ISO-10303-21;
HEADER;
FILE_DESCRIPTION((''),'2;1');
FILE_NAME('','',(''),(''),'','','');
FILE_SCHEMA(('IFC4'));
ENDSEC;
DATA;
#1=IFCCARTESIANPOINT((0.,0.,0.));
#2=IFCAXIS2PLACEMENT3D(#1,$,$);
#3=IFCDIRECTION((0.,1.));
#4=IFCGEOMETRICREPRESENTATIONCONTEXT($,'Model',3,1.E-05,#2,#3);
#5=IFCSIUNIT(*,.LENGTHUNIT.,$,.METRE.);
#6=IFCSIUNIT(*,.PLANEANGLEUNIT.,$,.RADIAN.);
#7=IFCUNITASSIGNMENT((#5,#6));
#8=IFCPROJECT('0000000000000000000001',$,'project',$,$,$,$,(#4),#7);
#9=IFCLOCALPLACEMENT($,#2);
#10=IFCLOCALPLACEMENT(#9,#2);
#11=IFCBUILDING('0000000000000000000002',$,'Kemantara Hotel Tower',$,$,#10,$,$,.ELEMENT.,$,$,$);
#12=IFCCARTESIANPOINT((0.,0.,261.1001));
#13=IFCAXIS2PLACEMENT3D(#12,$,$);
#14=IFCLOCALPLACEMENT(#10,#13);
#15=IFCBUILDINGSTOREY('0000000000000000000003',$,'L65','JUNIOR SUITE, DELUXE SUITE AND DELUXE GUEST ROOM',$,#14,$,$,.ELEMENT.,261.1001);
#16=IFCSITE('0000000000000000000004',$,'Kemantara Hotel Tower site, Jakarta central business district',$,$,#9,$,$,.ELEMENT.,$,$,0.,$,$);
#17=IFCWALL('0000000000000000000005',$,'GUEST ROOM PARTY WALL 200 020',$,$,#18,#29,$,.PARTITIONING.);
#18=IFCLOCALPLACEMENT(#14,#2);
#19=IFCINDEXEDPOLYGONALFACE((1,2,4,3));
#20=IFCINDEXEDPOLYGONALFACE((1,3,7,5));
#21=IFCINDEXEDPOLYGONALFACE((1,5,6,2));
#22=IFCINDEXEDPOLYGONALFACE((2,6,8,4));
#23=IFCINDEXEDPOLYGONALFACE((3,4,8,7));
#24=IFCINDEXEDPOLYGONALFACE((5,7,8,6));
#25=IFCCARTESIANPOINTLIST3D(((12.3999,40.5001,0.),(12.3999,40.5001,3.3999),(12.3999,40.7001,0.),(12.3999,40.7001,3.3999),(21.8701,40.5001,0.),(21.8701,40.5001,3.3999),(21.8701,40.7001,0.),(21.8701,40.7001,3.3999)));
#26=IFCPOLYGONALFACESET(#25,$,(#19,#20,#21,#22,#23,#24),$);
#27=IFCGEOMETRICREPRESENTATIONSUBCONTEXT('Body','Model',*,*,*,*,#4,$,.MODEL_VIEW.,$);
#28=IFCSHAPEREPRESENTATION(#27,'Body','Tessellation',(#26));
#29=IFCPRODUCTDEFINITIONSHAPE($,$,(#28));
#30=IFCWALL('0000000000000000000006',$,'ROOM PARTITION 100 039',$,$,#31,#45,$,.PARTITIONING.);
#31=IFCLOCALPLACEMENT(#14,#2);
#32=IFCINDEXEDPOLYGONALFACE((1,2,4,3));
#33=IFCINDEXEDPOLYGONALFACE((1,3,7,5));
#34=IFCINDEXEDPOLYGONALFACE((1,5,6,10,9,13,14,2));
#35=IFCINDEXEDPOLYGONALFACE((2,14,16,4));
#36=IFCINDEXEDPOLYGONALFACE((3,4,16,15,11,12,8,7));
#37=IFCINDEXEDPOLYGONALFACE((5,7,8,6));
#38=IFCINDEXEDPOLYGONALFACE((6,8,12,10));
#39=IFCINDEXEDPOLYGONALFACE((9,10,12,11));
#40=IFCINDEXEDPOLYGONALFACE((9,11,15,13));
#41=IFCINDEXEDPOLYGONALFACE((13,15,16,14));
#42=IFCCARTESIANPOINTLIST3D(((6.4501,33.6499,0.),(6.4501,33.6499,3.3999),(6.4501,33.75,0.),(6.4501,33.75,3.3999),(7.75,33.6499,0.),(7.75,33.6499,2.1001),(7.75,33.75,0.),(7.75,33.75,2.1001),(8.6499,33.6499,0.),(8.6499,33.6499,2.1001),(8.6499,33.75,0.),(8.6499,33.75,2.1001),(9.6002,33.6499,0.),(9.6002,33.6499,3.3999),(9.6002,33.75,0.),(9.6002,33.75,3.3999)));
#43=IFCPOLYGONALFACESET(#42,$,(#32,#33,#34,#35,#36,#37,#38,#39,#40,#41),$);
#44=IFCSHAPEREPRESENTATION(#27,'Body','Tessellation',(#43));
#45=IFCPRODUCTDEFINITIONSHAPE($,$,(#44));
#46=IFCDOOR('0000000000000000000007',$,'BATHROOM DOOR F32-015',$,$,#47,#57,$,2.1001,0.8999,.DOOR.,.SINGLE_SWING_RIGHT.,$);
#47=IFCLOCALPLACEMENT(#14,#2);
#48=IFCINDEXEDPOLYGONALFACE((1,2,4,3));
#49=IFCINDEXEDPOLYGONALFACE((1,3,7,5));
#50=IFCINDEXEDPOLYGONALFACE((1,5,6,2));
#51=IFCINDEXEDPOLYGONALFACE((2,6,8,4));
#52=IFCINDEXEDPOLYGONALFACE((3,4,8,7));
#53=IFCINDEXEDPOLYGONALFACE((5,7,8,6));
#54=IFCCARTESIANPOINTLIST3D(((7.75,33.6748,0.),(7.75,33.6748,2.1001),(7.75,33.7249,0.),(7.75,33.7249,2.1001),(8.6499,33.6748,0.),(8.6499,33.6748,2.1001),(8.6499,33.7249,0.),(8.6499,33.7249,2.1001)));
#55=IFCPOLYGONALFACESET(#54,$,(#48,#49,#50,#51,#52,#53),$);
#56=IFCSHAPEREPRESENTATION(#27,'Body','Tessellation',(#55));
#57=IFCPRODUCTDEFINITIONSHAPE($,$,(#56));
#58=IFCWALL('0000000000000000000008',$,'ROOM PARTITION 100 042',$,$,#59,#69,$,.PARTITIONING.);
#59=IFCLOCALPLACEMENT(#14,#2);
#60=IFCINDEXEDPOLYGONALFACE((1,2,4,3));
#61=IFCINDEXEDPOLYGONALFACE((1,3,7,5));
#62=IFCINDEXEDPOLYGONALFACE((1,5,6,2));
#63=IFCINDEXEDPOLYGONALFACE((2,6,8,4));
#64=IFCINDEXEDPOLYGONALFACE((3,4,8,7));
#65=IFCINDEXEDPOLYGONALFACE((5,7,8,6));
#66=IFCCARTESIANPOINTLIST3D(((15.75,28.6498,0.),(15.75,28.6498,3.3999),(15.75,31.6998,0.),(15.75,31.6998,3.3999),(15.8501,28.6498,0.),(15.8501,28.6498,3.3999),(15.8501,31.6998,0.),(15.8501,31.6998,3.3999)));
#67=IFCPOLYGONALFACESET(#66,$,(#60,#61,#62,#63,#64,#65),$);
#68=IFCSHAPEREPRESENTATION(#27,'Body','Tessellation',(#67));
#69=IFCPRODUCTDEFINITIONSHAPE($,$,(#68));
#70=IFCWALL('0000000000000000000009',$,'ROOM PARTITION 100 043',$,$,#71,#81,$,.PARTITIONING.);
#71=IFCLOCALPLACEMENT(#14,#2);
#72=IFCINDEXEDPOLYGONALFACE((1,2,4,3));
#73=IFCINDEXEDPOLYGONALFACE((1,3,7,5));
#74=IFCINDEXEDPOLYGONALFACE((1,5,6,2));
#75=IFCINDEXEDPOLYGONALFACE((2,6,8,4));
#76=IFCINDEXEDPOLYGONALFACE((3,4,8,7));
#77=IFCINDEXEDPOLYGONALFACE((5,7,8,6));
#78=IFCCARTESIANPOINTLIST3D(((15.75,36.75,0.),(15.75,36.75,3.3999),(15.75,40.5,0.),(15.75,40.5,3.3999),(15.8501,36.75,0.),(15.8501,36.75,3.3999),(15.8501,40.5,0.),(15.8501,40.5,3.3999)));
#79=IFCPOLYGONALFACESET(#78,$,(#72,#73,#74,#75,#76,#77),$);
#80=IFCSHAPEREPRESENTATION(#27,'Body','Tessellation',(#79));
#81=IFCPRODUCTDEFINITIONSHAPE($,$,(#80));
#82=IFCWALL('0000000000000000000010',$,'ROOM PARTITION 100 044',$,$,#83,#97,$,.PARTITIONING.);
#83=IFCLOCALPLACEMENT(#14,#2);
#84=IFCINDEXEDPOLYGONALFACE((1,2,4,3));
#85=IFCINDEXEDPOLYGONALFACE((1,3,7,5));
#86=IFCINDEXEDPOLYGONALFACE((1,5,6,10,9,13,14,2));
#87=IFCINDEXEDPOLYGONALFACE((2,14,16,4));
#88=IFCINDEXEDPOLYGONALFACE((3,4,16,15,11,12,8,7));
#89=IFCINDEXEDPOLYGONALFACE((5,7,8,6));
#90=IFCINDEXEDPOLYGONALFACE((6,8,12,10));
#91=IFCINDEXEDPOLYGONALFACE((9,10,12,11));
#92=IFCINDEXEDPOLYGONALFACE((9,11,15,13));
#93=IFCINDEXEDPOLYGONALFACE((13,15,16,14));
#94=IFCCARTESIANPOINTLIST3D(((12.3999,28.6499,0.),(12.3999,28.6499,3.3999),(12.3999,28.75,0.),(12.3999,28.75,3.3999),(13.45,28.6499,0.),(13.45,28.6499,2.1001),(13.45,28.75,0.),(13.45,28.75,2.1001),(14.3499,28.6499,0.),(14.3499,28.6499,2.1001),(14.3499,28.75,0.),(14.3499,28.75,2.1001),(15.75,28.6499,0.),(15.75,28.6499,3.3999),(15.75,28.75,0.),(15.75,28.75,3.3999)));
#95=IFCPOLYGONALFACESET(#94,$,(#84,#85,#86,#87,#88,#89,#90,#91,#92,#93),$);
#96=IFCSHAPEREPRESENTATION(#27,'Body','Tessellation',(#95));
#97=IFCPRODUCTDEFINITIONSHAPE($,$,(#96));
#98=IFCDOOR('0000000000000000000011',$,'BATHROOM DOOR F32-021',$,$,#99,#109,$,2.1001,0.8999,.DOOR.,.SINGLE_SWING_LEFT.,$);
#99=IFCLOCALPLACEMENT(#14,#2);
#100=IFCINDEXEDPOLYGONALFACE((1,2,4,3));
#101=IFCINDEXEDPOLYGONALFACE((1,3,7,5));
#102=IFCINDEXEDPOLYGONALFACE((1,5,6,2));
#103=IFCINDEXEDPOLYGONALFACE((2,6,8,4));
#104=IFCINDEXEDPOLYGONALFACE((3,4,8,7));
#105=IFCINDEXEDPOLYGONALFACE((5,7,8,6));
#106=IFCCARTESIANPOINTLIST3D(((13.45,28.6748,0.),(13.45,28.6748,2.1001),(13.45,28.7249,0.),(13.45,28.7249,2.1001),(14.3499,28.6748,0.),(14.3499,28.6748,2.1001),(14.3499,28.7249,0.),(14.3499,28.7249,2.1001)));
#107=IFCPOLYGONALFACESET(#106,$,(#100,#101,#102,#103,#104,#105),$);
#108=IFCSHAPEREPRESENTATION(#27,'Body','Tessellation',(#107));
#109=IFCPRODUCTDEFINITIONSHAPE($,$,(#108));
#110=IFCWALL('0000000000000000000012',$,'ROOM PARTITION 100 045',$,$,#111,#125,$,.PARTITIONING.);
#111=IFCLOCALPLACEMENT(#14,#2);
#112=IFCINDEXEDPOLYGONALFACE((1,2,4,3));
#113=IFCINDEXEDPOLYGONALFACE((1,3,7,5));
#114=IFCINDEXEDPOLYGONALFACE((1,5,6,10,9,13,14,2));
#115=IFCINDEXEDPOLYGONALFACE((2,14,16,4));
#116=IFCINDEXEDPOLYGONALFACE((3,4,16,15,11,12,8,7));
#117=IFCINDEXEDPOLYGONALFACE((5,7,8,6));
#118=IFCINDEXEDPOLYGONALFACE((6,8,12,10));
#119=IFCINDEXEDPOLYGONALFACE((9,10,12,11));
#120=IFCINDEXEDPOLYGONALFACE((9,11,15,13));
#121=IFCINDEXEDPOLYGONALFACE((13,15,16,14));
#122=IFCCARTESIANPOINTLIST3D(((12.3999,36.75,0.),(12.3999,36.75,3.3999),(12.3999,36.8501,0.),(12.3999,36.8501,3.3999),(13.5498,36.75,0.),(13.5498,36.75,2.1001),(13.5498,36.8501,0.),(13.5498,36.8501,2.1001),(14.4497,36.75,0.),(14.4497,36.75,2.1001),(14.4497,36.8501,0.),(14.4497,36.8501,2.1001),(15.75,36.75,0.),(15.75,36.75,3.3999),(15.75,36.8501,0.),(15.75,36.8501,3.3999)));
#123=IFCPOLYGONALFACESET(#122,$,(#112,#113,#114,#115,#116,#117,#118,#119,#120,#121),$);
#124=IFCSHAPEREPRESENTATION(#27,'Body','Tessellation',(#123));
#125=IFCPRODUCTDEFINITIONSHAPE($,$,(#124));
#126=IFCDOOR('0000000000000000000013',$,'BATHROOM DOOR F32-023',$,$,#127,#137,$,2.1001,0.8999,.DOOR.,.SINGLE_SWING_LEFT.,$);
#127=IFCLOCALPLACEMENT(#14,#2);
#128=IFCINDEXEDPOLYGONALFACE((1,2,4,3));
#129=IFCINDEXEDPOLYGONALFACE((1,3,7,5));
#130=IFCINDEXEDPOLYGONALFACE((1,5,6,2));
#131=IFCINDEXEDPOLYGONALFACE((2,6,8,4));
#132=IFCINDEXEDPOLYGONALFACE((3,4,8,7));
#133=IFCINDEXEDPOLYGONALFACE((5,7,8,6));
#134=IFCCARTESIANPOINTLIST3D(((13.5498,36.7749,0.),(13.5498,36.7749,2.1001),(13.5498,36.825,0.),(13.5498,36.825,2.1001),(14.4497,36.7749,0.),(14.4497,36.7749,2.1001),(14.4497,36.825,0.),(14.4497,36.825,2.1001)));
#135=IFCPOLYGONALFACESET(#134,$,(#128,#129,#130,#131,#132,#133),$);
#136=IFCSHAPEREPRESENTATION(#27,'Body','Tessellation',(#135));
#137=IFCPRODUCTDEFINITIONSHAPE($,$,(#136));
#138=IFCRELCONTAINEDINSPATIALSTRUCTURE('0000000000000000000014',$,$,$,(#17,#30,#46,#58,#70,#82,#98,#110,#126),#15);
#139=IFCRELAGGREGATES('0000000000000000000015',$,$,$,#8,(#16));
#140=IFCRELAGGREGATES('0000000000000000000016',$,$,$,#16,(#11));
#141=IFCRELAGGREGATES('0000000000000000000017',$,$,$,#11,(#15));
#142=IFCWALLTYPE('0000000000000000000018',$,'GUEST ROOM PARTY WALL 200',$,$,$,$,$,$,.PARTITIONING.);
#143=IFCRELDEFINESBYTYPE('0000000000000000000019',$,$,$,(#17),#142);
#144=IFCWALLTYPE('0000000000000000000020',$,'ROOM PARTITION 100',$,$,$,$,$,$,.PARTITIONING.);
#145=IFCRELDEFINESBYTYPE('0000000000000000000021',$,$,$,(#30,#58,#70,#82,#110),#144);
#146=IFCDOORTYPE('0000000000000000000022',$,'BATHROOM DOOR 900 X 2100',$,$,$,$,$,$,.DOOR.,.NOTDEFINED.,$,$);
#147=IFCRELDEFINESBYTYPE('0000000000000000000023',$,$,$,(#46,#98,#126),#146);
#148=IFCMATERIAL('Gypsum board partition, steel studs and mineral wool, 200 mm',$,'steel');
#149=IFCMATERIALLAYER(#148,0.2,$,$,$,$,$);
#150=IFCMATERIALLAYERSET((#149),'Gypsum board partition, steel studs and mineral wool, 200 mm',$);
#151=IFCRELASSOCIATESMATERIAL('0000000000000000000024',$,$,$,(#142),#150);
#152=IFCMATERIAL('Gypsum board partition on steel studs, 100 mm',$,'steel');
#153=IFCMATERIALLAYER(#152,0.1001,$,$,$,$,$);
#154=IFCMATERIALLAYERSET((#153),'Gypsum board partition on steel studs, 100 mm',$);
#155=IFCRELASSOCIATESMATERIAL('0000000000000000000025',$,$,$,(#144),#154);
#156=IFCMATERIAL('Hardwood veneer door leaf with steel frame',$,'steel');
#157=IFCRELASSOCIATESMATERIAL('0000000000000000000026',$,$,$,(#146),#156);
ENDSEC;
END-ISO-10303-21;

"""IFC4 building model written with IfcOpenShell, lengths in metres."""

from ifc_helpers import new_model, si_unit, direction, frame, frame_2d, origin, place, context, subcontext, project, spatial, rectangle, extrude, material, layer, layer_set, type_object, element, fill, save


model = new_model("IFC4")

# Units and contexts
model_context = context("Model", 3, precision=1e-05, world=origin(), true_north=direction((0.0, 1.0)))
body_context = subcontext(model_context, "Body", "Model", "MODEL_VIEW")
ifc_project = project(units=[si_unit("LENGTHUNIT", "METRE"), si_unit("PLANEANGLEUNIT", "RADIAN")], contexts=[model_context])

# Site, building, storey
site_placement = place(None, origin())
site = spatial("IfcSite", under=ifc_project, at=site_placement, Name="Kemantara Hotel Tower site, Jakarta central business district", CompositionType="ELEMENT", RefElevation=0.0)
building_placement = place(site_placement, origin())
building = spatial("IfcBuilding", under=site, at=building_placement, Name="Kemantara Hotel Tower", CompositionType="ELEMENT")
storey_placement = place(building_placement, frame((0.0, 0.0, 261.1001)))
storey = spatial("IfcBuildingStorey", under=building, at=storey_placement, Name="L65", Description="JUNIOR SUITE, DELUXE SUITE AND DELUXE GUEST ROOM", CompositionType="ELEMENT", Elevation=261.1001)

# Shared definitions
ifc_material_1 = material(Name="Gypsum board partition, steel studs and mineral wool, 200 mm", Category="steel")
ifc_material_2 = material(Name="Hardwood veneer door leaf with steel frame", Category="steel")

# Wall
ifc_layer_1 = layer(ifc_material_1, 0.2)
ifc_layer_set_1 = layer_set([ifc_layer_1], Name="Gypsum board partition, steel studs and mineral wool, 200 mm")
wall_type_1 = type_object("IfcWallType", Name="GUEST ROOM PARTY WALL 200", PredefinedType="PARTITIONING", material=ifc_layer_set_1)
for number, where, z_axis, x_axis, name in (
    (1, (12.3999, 40.6001, 0.0), (0.0, 0.0, 1.0), (1.0, 0.0, 0.0), "GUEST ROOM PARTY WALL 200 020"),
):
    element("IfcWall", number, at=place(storey_placement, frame(where, z_axis=z_axis, x_axis=x_axis)), inside=storey, type_object=wall_type_1, Name=name, PredefinedType="PARTITIONING", context=body_context, shape_type="SweptSolid", body=[
        extrude(rectangle(XDim=9.4702, YDim=0.2, at=frame_2d((4.7351, 0.0))), origin(), (0.0, 0.0, 1.0), 3.3999),
    ])

# Wall, opening, door
ifc_material_3 = material(Name="Gypsum board partition on steel studs, 100 mm", Category="steel")
ifc_layer_2 = layer(ifc_material_3, 0.1001)
ifc_layer_set_2 = layer_set([ifc_layer_2], Name="Gypsum board partition on steel studs, 100 mm")
wall_type_2 = type_object("IfcWallType", Name="ROOM PARTITION 100", PredefinedType="PARTITIONING", material=ifc_layer_set_2)
wall_1_placement = place(storey_placement, frame((6.45, 33.7, 0.0), z_axis=(0.0, 0.0, 1.0), x_axis=(1.0, 0.0, 0.0)))
wall_1 = element("IfcWall", 2, at=wall_1_placement, inside=storey, type_object=wall_type_2, Name="ROOM PARTITION 100 039", PredefinedType="PARTITIONING", context=body_context, shape_type="SweptSolid", body=[
    extrude(rectangle(XDim=3.1501, YDim=0.1001, at=frame_2d((1.5752, 0.0))), origin(), (0.0, 0.0, 1.0), 3.3999),
])
opening_1_placement = place(wall_1_placement, frame((1.3, 0.0, 0.0)))
opening_1 = element("IfcOpeningElement", 3, at=opening_1_placement, cuts=wall_1, PredefinedType="OPENING", context=body_context, shape_type="SweptSolid", body=[
    extrude(rectangle(XDim=0.8999, YDim=2.1001, at=frame_2d((0.45, 1.05))), frame((0.0, 0.0601, 0.0), z_axis=(0.0, -1.0, 0.0), x_axis=(1.0, 0.0, 0.0)), (0.0, 0.0, 1.0), 0.1201),
])
door_type_1 = type_object("IfcDoorType", Name="BATHROOM DOOR 900 X 2100", OperationType="NOTDEFINED", PredefinedType="DOOR", material=ifc_material_2)
door_1_placement = place(opening_1_placement, origin())
door_1 = element("IfcDoor", 4, at=door_1_placement, inside=storey, type_object=door_type_1, Name="BATHROOM DOOR F32-015", OperationType="SINGLE_SWING_RIGHT", OverallHeight=2.1001, OverallWidth=0.8999, PredefinedType="DOOR", context=body_context, shape_type="SweptSolid", body=[
    extrude(rectangle(XDim=0.8999, YDim=2.1001, at=frame_2d((0.45, 1.05))), frame((0.0, 0.0249, 0.0), z_axis=(0.0, -1.0, 0.0), x_axis=(1.0, 0.0, 0.0)), (0.0, 0.0, 1.0), 0.05),
])
fill(opening_1, door_1)

# Walls
wall_2_placement = place(storey_placement, frame((15.8, 28.6499, 0.0), z_axis=(0.0, 0.0, 1.0), x_axis=(0.0, 1.0, 0.0)))
element("IfcWall", 5, at=wall_2_placement, inside=storey, type_object=wall_type_2, Name="ROOM PARTITION 100 042", PredefinedType="PARTITIONING", context=body_context, shape_type="SweptSolid", body=[
    extrude(rectangle(XDim=3.05, YDim=0.1001, at=frame_2d((1.5249, 0.0))), origin(), (0.0, 0.0, 1.0), 3.3999),
])
wall_3_placement = place(storey_placement, frame((15.8, 36.75, 0.0), z_axis=(0.0, 0.0, 1.0), x_axis=(0.0, 1.0, 0.0)))
element("IfcWall", 6, at=wall_3_placement, inside=storey, type_object=wall_type_2, Name="ROOM PARTITION 100 043", PredefinedType="PARTITIONING", context=body_context, shape_type="SweptSolid", body=[
    extrude(rectangle(XDim=3.75, YDim=0.1001, at=frame_2d((1.875, 0.0))), origin(), (0.0, 0.0, 1.0), 3.3999),
])

# Walls, openings, doors
wall_4_placement = place(storey_placement, frame((12.3999, 28.7, 0.0), z_axis=(0.0, 0.0, 1.0), x_axis=(1.0, 0.0, 0.0)))
wall_4 = element("IfcWall", 7, at=wall_4_placement, inside=storey, type_object=wall_type_2, Name="ROOM PARTITION 100 044", PredefinedType="PARTITIONING", context=body_context, shape_type="SweptSolid", body=[
    extrude(rectangle(XDim=3.3501, YDim=0.1001, at=frame_2d((1.675, 0.0))), origin(), (0.0, 0.0, 1.0), 3.3999),
])
opening_2_placement = place(wall_4_placement, frame((1.05, 0.0, 0.0)))
opening_2 = element("IfcOpeningElement", 8, at=opening_2_placement, cuts=wall_4, PredefinedType="OPENING", context=body_context, shape_type="SweptSolid", body=[
    extrude(rectangle(XDim=0.8999, YDim=2.1001, at=frame_2d((0.45, 1.05))), frame((0.0, 0.0601, 0.0), z_axis=(0.0, -1.0, 0.0), x_axis=(1.0, 0.0, 0.0)), (0.0, 0.0, 1.0), 0.1201),
])
door_2_placement = place(opening_2_placement, origin())
door_2 = element("IfcDoor", 9, at=door_2_placement, inside=storey, type_object=door_type_1, Name="BATHROOM DOOR F32-021", OperationType="SINGLE_SWING_LEFT", OverallHeight=2.1001, OverallWidth=0.8999, PredefinedType="DOOR", context=body_context, shape_type="SweptSolid", body=[
    extrude(rectangle(XDim=0.8999, YDim=2.1001, at=frame_2d((0.45, 1.05))), frame((0.0, 0.0249, 0.0), z_axis=(0.0, -1.0, 0.0), x_axis=(1.0, 0.0, 0.0)), (0.0, 0.0, 1.0), 0.05),
])
fill(opening_2, door_2)
wall_5_placement = place(storey_placement, frame((12.3999, 36.8, 0.0), z_axis=(0.0, 0.0, 1.0), x_axis=(1.0, 0.0, 0.0)))
wall_5 = element("IfcWall", 10, at=wall_5_placement, inside=storey, type_object=wall_type_2, Name="ROOM PARTITION 100 045", PredefinedType="PARTITIONING", context=body_context, shape_type="SweptSolid", body=[
    extrude(rectangle(XDim=3.3501, YDim=0.1001, at=frame_2d((1.675, 0.0))), origin(), (0.0, 0.0, 1.0), 3.3999),
])
opening_3_placement = place(wall_5_placement, frame((1.1499, 0.0, 0.0)))
opening_3 = element("IfcOpeningElement", 11, at=opening_3_placement, cuts=wall_5, PredefinedType="OPENING", context=body_context, shape_type="SweptSolid", body=[
    extrude(rectangle(XDim=0.8999, YDim=2.1001, at=frame_2d((0.45, 1.05))), frame((0.0, 0.0601, 0.0), z_axis=(0.0, -1.0, 0.0), x_axis=(1.0, 0.0, 0.0)), (0.0, 0.0, 1.0), 0.1201),
])
door_3_placement = place(opening_3_placement, origin())
door_3 = element("IfcDoor", 12, at=door_3_placement, inside=storey, type_object=door_type_1, Name="BATHROOM DOOR F32-023", OperationType="SINGLE_SWING_LEFT", OverallHeight=2.1001, OverallWidth=0.8999, PredefinedType="DOOR", context=body_context, shape_type="SweptSolid", body=[
    extrude(rectangle(XDim=0.8999, YDim=2.1001, at=frame_2d((0.45, 1.05))), frame((0.0, 0.0249, 0.0), z_axis=(0.0, -1.0, 0.0), x_axis=(1.0, 0.0, 0.0)), (0.0, 0.0, 1.0), 0.05),
])
fill(opening_3, door_3)

save(model, "model.ifc")
